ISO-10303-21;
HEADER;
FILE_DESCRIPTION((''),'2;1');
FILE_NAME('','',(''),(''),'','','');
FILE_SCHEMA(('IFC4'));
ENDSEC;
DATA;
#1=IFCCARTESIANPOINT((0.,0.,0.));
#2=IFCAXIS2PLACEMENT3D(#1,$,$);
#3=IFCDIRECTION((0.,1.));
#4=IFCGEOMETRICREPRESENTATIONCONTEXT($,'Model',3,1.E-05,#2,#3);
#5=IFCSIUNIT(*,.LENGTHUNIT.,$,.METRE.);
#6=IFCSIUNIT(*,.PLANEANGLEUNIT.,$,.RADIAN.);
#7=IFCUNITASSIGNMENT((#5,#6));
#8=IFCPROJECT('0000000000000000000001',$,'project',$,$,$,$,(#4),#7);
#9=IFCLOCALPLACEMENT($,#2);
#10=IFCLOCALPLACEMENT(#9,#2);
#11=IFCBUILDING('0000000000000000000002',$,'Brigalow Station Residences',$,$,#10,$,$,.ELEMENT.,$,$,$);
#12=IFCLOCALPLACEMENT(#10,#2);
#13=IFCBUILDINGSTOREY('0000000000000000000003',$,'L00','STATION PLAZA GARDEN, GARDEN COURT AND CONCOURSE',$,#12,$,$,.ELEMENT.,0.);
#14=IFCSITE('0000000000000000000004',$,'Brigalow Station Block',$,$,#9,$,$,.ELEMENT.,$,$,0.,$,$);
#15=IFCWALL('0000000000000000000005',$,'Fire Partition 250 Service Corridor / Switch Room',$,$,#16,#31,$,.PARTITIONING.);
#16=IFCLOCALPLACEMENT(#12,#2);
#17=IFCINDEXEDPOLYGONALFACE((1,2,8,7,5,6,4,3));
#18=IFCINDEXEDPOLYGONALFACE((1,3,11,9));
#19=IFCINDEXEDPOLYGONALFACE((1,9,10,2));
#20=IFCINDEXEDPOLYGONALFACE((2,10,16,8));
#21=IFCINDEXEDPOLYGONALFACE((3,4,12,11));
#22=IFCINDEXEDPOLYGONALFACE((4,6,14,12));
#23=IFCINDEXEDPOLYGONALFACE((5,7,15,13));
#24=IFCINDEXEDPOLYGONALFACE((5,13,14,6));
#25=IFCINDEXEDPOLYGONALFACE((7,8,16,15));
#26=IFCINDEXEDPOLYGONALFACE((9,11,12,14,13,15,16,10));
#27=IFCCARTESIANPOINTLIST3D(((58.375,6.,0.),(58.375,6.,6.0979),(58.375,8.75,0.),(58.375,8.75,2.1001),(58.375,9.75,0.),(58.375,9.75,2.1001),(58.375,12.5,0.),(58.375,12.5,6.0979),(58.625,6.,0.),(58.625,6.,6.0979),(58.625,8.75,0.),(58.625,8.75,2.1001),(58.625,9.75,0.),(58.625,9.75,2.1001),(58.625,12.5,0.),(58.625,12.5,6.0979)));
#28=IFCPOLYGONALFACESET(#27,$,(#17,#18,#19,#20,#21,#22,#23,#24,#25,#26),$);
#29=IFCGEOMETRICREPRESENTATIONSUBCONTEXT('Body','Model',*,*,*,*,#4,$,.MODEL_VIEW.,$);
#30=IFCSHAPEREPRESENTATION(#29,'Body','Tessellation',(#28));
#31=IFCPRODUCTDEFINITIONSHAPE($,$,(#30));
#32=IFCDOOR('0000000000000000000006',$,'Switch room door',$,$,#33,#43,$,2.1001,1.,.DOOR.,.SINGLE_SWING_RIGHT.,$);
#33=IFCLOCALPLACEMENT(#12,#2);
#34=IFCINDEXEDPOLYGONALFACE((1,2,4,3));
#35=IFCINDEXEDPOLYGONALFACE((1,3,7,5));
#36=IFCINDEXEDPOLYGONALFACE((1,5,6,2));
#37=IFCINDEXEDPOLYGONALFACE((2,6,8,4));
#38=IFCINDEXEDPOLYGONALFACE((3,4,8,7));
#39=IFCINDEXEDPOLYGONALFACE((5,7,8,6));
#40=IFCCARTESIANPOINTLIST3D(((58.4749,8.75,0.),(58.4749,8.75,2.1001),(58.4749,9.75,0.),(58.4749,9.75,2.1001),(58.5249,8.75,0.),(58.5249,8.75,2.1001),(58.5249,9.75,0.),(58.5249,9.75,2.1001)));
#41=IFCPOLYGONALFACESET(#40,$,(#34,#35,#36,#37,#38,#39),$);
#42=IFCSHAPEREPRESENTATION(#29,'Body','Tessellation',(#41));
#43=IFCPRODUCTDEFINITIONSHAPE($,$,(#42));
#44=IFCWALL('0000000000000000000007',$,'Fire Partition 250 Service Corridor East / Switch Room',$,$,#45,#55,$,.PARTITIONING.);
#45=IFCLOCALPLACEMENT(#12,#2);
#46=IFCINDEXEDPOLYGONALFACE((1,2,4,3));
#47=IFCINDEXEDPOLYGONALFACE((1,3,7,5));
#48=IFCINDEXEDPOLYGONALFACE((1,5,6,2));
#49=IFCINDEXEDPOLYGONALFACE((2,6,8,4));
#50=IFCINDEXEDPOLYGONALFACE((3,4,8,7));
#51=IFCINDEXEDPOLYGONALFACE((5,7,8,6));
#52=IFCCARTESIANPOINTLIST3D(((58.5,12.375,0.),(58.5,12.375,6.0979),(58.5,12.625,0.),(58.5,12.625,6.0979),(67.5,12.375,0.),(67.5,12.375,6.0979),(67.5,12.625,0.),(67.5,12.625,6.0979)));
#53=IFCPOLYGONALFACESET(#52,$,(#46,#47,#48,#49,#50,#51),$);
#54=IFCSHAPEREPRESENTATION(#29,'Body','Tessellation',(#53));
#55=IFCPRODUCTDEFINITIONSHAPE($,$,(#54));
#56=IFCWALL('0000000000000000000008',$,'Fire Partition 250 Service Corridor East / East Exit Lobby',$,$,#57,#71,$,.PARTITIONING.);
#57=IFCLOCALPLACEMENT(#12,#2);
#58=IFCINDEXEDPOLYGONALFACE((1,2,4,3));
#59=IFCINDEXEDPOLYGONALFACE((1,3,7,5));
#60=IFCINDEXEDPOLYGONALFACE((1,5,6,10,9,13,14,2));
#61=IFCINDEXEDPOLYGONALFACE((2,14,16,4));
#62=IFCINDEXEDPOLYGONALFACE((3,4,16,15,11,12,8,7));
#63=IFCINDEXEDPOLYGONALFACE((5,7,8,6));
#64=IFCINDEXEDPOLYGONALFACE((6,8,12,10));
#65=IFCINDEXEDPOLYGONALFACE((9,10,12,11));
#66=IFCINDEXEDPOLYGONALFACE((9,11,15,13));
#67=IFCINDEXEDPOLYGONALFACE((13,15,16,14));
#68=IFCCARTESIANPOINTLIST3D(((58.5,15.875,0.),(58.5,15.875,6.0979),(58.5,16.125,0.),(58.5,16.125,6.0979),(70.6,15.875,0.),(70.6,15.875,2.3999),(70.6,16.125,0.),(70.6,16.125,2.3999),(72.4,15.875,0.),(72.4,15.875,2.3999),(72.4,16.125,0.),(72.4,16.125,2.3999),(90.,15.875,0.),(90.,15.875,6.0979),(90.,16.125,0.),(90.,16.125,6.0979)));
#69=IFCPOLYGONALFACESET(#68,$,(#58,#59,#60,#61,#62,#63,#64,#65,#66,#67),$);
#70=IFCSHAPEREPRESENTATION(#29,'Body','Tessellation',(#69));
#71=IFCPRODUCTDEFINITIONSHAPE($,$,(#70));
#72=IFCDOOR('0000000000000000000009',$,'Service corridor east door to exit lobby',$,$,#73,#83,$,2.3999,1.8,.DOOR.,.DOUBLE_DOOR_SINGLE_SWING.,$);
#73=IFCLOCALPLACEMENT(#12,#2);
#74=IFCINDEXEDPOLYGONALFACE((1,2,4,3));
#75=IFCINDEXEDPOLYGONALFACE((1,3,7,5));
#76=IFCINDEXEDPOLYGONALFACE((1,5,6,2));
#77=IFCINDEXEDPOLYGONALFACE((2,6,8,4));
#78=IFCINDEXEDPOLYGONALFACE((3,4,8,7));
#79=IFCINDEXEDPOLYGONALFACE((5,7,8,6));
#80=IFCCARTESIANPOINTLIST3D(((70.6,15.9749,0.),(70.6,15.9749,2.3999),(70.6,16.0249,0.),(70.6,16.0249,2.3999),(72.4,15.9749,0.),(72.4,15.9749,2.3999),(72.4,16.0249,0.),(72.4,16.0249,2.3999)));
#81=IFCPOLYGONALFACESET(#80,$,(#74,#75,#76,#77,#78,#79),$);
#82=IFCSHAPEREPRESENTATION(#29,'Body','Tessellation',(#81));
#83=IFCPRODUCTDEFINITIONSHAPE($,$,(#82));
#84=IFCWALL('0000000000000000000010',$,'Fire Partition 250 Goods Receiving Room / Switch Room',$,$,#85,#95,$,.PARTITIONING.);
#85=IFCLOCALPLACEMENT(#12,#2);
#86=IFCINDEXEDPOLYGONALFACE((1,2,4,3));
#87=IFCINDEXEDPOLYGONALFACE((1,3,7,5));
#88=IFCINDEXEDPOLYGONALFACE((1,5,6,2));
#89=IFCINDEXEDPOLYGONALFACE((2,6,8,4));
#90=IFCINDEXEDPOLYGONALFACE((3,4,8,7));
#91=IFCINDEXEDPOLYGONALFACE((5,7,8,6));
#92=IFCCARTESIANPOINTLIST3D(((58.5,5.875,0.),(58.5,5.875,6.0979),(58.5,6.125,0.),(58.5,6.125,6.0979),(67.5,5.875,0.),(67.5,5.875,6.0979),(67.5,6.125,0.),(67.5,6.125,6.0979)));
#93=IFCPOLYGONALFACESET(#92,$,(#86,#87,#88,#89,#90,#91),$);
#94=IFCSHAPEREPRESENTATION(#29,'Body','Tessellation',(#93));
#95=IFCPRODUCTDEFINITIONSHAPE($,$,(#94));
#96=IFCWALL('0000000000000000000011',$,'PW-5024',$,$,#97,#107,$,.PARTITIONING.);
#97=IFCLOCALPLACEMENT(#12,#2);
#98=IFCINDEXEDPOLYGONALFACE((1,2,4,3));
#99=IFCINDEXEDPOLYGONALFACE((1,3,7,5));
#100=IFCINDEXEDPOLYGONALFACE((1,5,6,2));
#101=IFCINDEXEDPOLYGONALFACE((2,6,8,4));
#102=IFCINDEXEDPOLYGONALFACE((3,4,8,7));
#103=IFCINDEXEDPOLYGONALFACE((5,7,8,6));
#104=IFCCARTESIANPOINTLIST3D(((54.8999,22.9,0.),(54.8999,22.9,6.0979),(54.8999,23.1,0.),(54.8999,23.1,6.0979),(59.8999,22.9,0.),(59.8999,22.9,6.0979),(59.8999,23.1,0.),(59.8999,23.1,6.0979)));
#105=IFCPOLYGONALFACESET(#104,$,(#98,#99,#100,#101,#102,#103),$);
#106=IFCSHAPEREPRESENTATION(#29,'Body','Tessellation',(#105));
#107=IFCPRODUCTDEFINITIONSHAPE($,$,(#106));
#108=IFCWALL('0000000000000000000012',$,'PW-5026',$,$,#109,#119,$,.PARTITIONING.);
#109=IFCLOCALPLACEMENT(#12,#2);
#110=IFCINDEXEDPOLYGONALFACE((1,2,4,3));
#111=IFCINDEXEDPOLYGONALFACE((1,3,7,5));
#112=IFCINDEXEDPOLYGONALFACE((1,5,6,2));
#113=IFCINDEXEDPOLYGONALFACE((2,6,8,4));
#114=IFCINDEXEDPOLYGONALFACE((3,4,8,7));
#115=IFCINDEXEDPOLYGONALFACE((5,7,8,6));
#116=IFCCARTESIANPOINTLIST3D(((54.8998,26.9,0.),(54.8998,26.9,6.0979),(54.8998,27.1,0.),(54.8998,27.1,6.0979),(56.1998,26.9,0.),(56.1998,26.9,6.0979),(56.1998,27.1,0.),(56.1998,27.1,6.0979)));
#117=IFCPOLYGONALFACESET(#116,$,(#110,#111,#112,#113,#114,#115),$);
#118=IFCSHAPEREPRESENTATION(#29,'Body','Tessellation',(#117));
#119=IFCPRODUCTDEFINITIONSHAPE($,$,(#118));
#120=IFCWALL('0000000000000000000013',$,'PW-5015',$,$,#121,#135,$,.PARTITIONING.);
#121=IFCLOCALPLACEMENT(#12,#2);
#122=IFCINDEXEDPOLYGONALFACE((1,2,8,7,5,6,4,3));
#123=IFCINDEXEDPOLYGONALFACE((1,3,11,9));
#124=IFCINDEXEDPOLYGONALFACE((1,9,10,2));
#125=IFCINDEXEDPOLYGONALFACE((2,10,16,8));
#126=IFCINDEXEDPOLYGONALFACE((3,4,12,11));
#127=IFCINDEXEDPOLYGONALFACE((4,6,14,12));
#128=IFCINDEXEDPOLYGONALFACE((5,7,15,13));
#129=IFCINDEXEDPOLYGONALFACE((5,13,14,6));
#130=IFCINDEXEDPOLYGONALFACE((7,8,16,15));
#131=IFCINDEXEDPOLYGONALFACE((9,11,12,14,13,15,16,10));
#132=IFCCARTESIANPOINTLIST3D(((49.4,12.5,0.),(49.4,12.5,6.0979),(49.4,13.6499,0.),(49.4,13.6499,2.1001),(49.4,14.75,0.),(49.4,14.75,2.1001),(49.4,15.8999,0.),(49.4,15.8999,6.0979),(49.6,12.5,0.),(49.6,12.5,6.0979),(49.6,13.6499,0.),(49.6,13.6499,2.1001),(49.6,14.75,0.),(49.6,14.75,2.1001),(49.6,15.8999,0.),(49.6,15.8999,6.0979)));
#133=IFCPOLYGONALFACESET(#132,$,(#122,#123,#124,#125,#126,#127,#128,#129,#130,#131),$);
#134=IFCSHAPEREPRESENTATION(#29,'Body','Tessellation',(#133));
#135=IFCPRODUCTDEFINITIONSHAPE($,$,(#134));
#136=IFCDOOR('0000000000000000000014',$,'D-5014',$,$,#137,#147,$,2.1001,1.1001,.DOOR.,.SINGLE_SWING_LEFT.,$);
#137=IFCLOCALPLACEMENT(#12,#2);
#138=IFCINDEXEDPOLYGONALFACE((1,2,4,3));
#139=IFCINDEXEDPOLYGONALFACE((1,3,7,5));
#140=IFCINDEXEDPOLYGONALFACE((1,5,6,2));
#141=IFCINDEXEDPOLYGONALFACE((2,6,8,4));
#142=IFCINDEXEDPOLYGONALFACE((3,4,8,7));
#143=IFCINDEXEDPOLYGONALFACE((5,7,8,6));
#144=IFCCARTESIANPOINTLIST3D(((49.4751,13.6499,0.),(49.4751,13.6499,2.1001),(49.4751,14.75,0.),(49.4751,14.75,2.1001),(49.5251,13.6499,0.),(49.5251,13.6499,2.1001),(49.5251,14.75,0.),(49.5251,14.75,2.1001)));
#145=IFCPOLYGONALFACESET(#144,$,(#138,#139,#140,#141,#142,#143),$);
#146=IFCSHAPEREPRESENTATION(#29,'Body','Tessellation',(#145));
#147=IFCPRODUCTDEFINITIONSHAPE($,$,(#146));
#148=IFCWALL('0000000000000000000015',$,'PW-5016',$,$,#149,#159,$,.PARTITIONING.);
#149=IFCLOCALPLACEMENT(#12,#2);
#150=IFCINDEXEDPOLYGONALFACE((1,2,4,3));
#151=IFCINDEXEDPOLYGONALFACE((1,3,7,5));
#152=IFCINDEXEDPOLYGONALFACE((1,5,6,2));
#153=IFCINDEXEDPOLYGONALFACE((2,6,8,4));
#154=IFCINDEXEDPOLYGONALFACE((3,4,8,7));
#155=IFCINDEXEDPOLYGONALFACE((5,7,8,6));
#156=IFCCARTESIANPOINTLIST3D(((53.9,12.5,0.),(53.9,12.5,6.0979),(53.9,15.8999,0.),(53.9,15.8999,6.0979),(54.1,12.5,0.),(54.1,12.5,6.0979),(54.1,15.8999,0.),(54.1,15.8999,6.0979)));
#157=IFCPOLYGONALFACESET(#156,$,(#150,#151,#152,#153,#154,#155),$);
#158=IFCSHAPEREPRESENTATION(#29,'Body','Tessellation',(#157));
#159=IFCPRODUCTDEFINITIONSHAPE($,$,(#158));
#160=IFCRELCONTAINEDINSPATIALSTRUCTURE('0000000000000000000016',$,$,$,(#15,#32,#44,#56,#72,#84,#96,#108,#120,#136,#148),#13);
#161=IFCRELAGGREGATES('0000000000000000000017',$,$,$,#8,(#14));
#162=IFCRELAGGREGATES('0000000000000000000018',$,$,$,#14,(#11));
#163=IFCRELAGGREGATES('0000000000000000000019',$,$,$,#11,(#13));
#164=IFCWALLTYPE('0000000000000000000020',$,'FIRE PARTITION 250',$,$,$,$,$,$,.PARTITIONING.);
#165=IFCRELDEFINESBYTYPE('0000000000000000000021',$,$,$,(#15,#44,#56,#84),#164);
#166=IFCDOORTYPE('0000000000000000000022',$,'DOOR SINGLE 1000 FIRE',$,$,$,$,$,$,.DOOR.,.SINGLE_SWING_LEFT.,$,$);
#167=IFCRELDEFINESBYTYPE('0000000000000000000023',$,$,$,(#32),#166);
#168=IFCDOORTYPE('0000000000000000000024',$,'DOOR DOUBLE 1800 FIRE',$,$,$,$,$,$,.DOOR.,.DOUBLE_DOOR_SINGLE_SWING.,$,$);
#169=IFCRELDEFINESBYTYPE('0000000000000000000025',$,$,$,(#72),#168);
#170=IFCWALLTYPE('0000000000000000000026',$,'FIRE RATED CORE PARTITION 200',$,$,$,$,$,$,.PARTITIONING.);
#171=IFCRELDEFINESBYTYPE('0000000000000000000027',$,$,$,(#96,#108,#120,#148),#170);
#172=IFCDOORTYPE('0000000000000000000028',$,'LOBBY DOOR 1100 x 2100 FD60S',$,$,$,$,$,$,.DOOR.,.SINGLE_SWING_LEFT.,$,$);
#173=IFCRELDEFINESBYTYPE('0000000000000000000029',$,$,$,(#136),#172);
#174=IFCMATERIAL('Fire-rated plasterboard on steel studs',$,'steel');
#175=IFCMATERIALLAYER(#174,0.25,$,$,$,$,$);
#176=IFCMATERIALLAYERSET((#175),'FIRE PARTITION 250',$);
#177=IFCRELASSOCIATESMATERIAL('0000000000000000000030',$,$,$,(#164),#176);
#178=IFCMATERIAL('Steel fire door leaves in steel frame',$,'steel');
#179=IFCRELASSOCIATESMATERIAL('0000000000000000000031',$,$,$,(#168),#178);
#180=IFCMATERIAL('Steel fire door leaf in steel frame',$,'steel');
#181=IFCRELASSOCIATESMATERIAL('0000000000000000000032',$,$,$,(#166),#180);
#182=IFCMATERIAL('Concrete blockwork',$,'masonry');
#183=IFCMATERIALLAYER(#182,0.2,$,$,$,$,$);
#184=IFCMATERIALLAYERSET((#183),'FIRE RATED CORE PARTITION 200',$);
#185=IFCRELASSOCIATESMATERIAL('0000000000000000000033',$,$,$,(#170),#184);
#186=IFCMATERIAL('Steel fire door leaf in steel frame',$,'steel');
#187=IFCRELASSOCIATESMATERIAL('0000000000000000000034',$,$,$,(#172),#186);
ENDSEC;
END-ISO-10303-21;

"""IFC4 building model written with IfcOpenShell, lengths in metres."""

from ifc_helpers import new_model, si_unit, direction, frame, frame_2d, origin, place, context, subcontext, project, spatial, rectangle, extrude, material, layer, layer_set, type_object, element, fill, save


model = new_model("IFC4")

# Units and contexts
model_context = context("Model", 3, precision=1e-05, world=origin(), true_north=direction((0.0, 1.0)))
body_context = subcontext(model_context, "Body", "Model", "MODEL_VIEW")
ifc_project = project(units=[si_unit("LENGTHUNIT", "METRE"), si_unit("PLANEANGLEUNIT", "RADIAN")], contexts=[model_context])

# Site, building, storey
site_placement = place(None, origin())
site = spatial("IfcSite", under=ifc_project, at=site_placement, Name="Brigalow Station Block", CompositionType="ELEMENT", RefElevation=0.0)
building_placement = place(site_placement, origin())
building = spatial("IfcBuilding", under=site, at=building_placement, Name="Brigalow Station Residences", CompositionType="ELEMENT")
storey_placement = place(building_placement, origin())
storey = spatial("IfcBuildingStorey", under=building, at=storey_placement, Name="L00", Description="STATION PLAZA GARDEN, GARDEN COURT AND CONCOURSE", CompositionType="ELEMENT", Elevation=0.0)

# Shared definitions
ifc_material_1 = material(Name="Fire-rated plasterboard on steel studs", Category="steel")
ifc_layer_1 = layer(ifc_material_1, 0.25)
ifc_layer_set_1 = layer_set([ifc_layer_1], Name="FIRE PARTITION 250")
wall_type_1 = type_object("IfcWallType", Name="FIRE PARTITION 250", PredefinedType="PARTITIONING", material=ifc_layer_set_1)
ifc_material_2 = material(Name="Steel fire door leaves in steel frame", Category="steel")
door_type_1 = type_object("IfcDoorType", Name="DOOR DOUBLE 1800 FIRE", OperationType="DOUBLE_DOOR_SINGLE_SWING", PredefinedType="DOOR", material=ifc_material_2)

# Wall, opening, door
wall_1_placement = place(storey_placement, frame((58.5, 6.0, 0.0), z_axis=(0.0, 0.0, 1.0), x_axis=(0.0, 1.0, 0.0)))
wall_1 = element("IfcWall", 1, at=wall_1_placement, inside=storey, type_object=wall_type_1, Name="Fire Partition 250 Service Corridor / Switch Room", PredefinedType="PARTITIONING", context=body_context, shape_type="SweptSolid", body=[
    extrude(rectangle(XDim=6.5, YDim=0.25, at=frame_2d((3.25, 0.0))), origin(), (0.0, 0.0, 1.0), 6.0979),
])
opening_1_placement = place(wall_1_placement, frame((2.75, 0.0, 0.0)))
opening_1 = element("IfcOpeningElement", 2, at=opening_1_placement, cuts=wall_1, PredefinedType="OPENING", context=body_context, shape_type="SweptSolid", body=[
    extrude(rectangle(XDim=1.0, YDim=2.1001, at=frame_2d((0.5, 1.05))), frame((0.0, 0.135, 0.0), z_axis=(0.0, -1.0, 0.0), x_axis=(1.0, 0.0, 0.0)), (0.0, 0.0, 1.0), 0.27),
])
ifc_material_3 = material(Name="Steel fire door leaf in steel frame", Category="steel")
door_type_2 = type_object("IfcDoorType", Name="DOOR SINGLE 1000 FIRE", OperationType="SINGLE_SWING_LEFT", PredefinedType="DOOR", material=ifc_material_3)
door_1_placement = place(opening_1_placement, frame((1.0, 0.0, 0.0), z_axis=(0.0, 0.0, 1.0), x_axis=(-1.0, 0.0, 0.0)))
door_1 = element("IfcDoor", 3, at=door_1_placement, inside=storey, type_object=door_type_2, Name="Switch room door", OperationType="SINGLE_SWING_RIGHT", OverallHeight=2.1001, OverallWidth=1.0, PredefinedType="DOOR", context=body_context, shape_type="SweptSolid", body=[
    extrude(rectangle(XDim=1.0, YDim=2.1001, at=frame_2d((0.5, 1.05))), frame((0.0, 0.0249, 0.0), z_axis=(0.0, -1.0, 0.0), x_axis=(1.0, 0.0, 0.0)), (0.0, 0.0, 1.0), 0.05),
])
fill(opening_1, door_1)

# Wall
wall_2_placement = place(storey_placement, frame((58.5, 12.5, 0.0), z_axis=(0.0, 0.0, 1.0), x_axis=(1.0, 0.0, 0.0)))
element("IfcWall", 4, at=wall_2_placement, inside=storey, type_object=wall_type_1, Name="Fire Partition 250 Service Corridor East / Switch Room", PredefinedType="PARTITIONING", context=body_context, shape_type="SweptSolid", body=[
    extrude(rectangle(XDim=9.0, YDim=0.25, at=frame_2d((4.5, 0.0))), origin(), (0.0, 0.0, 1.0), 6.0979),
])

# Wall, opening, door
wall_3_placement = place(storey_placement, frame((58.5, 16.0, 0.0), z_axis=(0.0, 0.0, 1.0), x_axis=(1.0, 0.0, 0.0)))
wall_3 = element("IfcWall", 5, at=wall_3_placement, inside=storey, type_object=wall_type_1, Name="Fire Partition 250 Service Corridor East / East Exit Lobby", PredefinedType="PARTITIONING", context=body_context, shape_type="SweptSolid", body=[
    extrude(rectangle(XDim=31.5, YDim=0.25, at=frame_2d((15.75, 0.0))), origin(), (0.0, 0.0, 1.0), 6.0979),
])
opening_2_placement = place(wall_3_placement, frame((12.1001, 0.0, 0.0)))
opening_2 = element("IfcOpeningElement", 6, at=opening_2_placement, cuts=wall_3, PredefinedType="OPENING", context=body_context, shape_type="SweptSolid", body=[
    extrude(rectangle(XDim=1.8, YDim=2.3999, at=frame_2d((0.8999, 1.2))), frame((0.0, 0.135, 0.0), z_axis=(0.0, -1.0, 0.0), x_axis=(1.0, 0.0, 0.0)), (0.0, 0.0, 1.0), 0.27),
])
door_2_placement = place(opening_2_placement, origin())
door_2 = element("IfcDoor", 7, at=door_2_placement, inside=storey, type_object=door_type_1, Name="Service corridor east door to exit lobby", OperationType="DOUBLE_DOOR_SINGLE_SWING", OverallHeight=2.3999, OverallWidth=1.8, PredefinedType="DOOR", context=body_context, shape_type="SweptSolid", body=[
    extrude(rectangle(XDim=1.8, YDim=2.3999, at=frame_2d((0.8999, 1.2))), frame((0.0, 0.0249, 0.0), z_axis=(0.0, -1.0, 0.0), x_axis=(1.0, 0.0, 0.0)), (0.0, 0.0, 1.0), 0.05),
])
fill(opening_2, door_2)

# Walls
wall_4_placement = place(storey_placement, frame((58.5, 6.0, 0.0), z_axis=(0.0, 0.0, 1.0), x_axis=(1.0, 0.0, 0.0)))
element("IfcWall", 8, at=wall_4_placement, inside=storey, type_object=wall_type_1, Name="Fire Partition 250 Goods Receiving Room / Switch Room", PredefinedType="PARTITIONING", context=body_context, shape_type="SweptSolid", body=[
    extrude(rectangle(XDim=9.0, YDim=0.25, at=frame_2d((4.5, 0.0))), origin(), (0.0, 0.0, 1.0), 6.0979),
])
ifc_material_4 = material(Name="Concrete blockwork", Category="masonry")
ifc_layer_2 = layer(ifc_material_4, 0.2)
ifc_layer_set_2 = layer_set([ifc_layer_2], Name="FIRE RATED CORE PARTITION 200")
wall_type_2 = type_object("IfcWallType", Name="FIRE RATED CORE PARTITION 200", PredefinedType="PARTITIONING", material=ifc_layer_set_2)
wall_5_placement = place(storey_placement, frame((54.8999, 23.0, 0.0), z_axis=(0.0, 0.0, 1.0), x_axis=(1.0, 0.0, 0.0)))
element("IfcWall", 9, at=wall_5_placement, inside=storey, type_object=wall_type_2, Name="PW-5024", PredefinedType="PARTITIONING", context=body_context, shape_type="SweptSolid", body=[
    extrude(rectangle(XDim=5.0, YDim=0.2, at=frame_2d((2.5, 0.0))), origin(), (0.0, 0.0, 1.0), 6.0979),
])
wall_6_placement = place(storey_placement, frame((54.8999, 27.0, 0.0), z_axis=(0.0, 0.0, 1.0), x_axis=(1.0, 0.0, 0.0)))
element("IfcWall", 10, at=wall_6_placement, inside=storey, type_object=wall_type_2, Name="PW-5026", PredefinedType="PARTITIONING", context=body_context, shape_type="SweptSolid", body=[
    extrude(rectangle(XDim=1.3, YDim=0.2, at=frame_2d((0.6499, 0.0))), origin(), (0.0, 0.0, 1.0), 6.0979),
])

# Wall, opening, door
wall_7_placement = place(storey_placement, frame((49.5, 12.5, 0.0), z_axis=(0.0, 0.0, 1.0), x_axis=(0.0, 1.0, 0.0)))
wall_7 = element("IfcWall", 11, at=wall_7_placement, inside=storey, type_object=wall_type_2, Name="PW-5015", PredefinedType="PARTITIONING", context=body_context, shape_type="SweptSolid", body=[
    extrude(rectangle(XDim=3.3999, YDim=0.2, at=frame_2d((1.7, 0.0))), origin(), (0.0, 0.0, 1.0), 6.0979),
])
opening_3_placement = place(wall_7_placement, frame((1.1499, 0.0, 0.0)))
opening_3 = element("IfcOpeningElement", 12, at=opening_3_placement, cuts=wall_7, PredefinedType="OPENING", context=body_context, shape_type="SweptSolid", body=[
    extrude(rectangle(XDim=1.1001, YDim=2.1001, at=frame_2d((0.55, 1.05))), frame((0.0, 0.1099, 0.0), z_axis=(0.0, -1.0, 0.0), x_axis=(1.0, 0.0, 0.0)), (0.0, 0.0, 1.0), 0.22),
])
ifc_material_5 = material(Name="Steel fire door leaf in steel frame", Category="steel")
door_type_3 = type_object("IfcDoorType", Name="LOBBY DOOR 1100 x 2100 FD60S", OperationType="SINGLE_SWING_LEFT", PredefinedType="DOOR", material=ifc_material_5)
door_3_placement = place(opening_3_placement, origin())
door_3 = element("IfcDoor", 13, at=door_3_placement, inside=storey, type_object=door_type_3, Name="D-5014", OperationType="SINGLE_SWING_LEFT", OverallHeight=2.1001, OverallWidth=1.1001, PredefinedType="DOOR", context=body_context, shape_type="SweptSolid", body=[
    extrude(rectangle(XDim=1.1001, YDim=2.1001, at=frame_2d((0.55, 1.05))), frame((0.0, 0.0249, 0.0), z_axis=(0.0, -1.0, 0.0), x_axis=(1.0, 0.0, 0.0)), (0.0, 0.0, 1.0), 0.05),
])
fill(opening_3, door_3)

# Wall
wall_8_placement = place(storey_placement, frame((54.0, 12.5, 0.0), z_axis=(0.0, 0.0, 1.0), x_axis=(0.0, 1.0, 0.0)))
element("IfcWall", 14, at=wall_8_placement, inside=storey, type_object=wall_type_2, Name="PW-5016", PredefinedType="PARTITIONING", context=body_context, shape_type="SweptSolid", body=[
    extrude(rectangle(XDim=3.3999, YDim=0.2, at=frame_2d((1.7, 0.0))), origin(), (0.0, 0.0, 1.0), 6.0979),
])

save(model, "model.ifc")
